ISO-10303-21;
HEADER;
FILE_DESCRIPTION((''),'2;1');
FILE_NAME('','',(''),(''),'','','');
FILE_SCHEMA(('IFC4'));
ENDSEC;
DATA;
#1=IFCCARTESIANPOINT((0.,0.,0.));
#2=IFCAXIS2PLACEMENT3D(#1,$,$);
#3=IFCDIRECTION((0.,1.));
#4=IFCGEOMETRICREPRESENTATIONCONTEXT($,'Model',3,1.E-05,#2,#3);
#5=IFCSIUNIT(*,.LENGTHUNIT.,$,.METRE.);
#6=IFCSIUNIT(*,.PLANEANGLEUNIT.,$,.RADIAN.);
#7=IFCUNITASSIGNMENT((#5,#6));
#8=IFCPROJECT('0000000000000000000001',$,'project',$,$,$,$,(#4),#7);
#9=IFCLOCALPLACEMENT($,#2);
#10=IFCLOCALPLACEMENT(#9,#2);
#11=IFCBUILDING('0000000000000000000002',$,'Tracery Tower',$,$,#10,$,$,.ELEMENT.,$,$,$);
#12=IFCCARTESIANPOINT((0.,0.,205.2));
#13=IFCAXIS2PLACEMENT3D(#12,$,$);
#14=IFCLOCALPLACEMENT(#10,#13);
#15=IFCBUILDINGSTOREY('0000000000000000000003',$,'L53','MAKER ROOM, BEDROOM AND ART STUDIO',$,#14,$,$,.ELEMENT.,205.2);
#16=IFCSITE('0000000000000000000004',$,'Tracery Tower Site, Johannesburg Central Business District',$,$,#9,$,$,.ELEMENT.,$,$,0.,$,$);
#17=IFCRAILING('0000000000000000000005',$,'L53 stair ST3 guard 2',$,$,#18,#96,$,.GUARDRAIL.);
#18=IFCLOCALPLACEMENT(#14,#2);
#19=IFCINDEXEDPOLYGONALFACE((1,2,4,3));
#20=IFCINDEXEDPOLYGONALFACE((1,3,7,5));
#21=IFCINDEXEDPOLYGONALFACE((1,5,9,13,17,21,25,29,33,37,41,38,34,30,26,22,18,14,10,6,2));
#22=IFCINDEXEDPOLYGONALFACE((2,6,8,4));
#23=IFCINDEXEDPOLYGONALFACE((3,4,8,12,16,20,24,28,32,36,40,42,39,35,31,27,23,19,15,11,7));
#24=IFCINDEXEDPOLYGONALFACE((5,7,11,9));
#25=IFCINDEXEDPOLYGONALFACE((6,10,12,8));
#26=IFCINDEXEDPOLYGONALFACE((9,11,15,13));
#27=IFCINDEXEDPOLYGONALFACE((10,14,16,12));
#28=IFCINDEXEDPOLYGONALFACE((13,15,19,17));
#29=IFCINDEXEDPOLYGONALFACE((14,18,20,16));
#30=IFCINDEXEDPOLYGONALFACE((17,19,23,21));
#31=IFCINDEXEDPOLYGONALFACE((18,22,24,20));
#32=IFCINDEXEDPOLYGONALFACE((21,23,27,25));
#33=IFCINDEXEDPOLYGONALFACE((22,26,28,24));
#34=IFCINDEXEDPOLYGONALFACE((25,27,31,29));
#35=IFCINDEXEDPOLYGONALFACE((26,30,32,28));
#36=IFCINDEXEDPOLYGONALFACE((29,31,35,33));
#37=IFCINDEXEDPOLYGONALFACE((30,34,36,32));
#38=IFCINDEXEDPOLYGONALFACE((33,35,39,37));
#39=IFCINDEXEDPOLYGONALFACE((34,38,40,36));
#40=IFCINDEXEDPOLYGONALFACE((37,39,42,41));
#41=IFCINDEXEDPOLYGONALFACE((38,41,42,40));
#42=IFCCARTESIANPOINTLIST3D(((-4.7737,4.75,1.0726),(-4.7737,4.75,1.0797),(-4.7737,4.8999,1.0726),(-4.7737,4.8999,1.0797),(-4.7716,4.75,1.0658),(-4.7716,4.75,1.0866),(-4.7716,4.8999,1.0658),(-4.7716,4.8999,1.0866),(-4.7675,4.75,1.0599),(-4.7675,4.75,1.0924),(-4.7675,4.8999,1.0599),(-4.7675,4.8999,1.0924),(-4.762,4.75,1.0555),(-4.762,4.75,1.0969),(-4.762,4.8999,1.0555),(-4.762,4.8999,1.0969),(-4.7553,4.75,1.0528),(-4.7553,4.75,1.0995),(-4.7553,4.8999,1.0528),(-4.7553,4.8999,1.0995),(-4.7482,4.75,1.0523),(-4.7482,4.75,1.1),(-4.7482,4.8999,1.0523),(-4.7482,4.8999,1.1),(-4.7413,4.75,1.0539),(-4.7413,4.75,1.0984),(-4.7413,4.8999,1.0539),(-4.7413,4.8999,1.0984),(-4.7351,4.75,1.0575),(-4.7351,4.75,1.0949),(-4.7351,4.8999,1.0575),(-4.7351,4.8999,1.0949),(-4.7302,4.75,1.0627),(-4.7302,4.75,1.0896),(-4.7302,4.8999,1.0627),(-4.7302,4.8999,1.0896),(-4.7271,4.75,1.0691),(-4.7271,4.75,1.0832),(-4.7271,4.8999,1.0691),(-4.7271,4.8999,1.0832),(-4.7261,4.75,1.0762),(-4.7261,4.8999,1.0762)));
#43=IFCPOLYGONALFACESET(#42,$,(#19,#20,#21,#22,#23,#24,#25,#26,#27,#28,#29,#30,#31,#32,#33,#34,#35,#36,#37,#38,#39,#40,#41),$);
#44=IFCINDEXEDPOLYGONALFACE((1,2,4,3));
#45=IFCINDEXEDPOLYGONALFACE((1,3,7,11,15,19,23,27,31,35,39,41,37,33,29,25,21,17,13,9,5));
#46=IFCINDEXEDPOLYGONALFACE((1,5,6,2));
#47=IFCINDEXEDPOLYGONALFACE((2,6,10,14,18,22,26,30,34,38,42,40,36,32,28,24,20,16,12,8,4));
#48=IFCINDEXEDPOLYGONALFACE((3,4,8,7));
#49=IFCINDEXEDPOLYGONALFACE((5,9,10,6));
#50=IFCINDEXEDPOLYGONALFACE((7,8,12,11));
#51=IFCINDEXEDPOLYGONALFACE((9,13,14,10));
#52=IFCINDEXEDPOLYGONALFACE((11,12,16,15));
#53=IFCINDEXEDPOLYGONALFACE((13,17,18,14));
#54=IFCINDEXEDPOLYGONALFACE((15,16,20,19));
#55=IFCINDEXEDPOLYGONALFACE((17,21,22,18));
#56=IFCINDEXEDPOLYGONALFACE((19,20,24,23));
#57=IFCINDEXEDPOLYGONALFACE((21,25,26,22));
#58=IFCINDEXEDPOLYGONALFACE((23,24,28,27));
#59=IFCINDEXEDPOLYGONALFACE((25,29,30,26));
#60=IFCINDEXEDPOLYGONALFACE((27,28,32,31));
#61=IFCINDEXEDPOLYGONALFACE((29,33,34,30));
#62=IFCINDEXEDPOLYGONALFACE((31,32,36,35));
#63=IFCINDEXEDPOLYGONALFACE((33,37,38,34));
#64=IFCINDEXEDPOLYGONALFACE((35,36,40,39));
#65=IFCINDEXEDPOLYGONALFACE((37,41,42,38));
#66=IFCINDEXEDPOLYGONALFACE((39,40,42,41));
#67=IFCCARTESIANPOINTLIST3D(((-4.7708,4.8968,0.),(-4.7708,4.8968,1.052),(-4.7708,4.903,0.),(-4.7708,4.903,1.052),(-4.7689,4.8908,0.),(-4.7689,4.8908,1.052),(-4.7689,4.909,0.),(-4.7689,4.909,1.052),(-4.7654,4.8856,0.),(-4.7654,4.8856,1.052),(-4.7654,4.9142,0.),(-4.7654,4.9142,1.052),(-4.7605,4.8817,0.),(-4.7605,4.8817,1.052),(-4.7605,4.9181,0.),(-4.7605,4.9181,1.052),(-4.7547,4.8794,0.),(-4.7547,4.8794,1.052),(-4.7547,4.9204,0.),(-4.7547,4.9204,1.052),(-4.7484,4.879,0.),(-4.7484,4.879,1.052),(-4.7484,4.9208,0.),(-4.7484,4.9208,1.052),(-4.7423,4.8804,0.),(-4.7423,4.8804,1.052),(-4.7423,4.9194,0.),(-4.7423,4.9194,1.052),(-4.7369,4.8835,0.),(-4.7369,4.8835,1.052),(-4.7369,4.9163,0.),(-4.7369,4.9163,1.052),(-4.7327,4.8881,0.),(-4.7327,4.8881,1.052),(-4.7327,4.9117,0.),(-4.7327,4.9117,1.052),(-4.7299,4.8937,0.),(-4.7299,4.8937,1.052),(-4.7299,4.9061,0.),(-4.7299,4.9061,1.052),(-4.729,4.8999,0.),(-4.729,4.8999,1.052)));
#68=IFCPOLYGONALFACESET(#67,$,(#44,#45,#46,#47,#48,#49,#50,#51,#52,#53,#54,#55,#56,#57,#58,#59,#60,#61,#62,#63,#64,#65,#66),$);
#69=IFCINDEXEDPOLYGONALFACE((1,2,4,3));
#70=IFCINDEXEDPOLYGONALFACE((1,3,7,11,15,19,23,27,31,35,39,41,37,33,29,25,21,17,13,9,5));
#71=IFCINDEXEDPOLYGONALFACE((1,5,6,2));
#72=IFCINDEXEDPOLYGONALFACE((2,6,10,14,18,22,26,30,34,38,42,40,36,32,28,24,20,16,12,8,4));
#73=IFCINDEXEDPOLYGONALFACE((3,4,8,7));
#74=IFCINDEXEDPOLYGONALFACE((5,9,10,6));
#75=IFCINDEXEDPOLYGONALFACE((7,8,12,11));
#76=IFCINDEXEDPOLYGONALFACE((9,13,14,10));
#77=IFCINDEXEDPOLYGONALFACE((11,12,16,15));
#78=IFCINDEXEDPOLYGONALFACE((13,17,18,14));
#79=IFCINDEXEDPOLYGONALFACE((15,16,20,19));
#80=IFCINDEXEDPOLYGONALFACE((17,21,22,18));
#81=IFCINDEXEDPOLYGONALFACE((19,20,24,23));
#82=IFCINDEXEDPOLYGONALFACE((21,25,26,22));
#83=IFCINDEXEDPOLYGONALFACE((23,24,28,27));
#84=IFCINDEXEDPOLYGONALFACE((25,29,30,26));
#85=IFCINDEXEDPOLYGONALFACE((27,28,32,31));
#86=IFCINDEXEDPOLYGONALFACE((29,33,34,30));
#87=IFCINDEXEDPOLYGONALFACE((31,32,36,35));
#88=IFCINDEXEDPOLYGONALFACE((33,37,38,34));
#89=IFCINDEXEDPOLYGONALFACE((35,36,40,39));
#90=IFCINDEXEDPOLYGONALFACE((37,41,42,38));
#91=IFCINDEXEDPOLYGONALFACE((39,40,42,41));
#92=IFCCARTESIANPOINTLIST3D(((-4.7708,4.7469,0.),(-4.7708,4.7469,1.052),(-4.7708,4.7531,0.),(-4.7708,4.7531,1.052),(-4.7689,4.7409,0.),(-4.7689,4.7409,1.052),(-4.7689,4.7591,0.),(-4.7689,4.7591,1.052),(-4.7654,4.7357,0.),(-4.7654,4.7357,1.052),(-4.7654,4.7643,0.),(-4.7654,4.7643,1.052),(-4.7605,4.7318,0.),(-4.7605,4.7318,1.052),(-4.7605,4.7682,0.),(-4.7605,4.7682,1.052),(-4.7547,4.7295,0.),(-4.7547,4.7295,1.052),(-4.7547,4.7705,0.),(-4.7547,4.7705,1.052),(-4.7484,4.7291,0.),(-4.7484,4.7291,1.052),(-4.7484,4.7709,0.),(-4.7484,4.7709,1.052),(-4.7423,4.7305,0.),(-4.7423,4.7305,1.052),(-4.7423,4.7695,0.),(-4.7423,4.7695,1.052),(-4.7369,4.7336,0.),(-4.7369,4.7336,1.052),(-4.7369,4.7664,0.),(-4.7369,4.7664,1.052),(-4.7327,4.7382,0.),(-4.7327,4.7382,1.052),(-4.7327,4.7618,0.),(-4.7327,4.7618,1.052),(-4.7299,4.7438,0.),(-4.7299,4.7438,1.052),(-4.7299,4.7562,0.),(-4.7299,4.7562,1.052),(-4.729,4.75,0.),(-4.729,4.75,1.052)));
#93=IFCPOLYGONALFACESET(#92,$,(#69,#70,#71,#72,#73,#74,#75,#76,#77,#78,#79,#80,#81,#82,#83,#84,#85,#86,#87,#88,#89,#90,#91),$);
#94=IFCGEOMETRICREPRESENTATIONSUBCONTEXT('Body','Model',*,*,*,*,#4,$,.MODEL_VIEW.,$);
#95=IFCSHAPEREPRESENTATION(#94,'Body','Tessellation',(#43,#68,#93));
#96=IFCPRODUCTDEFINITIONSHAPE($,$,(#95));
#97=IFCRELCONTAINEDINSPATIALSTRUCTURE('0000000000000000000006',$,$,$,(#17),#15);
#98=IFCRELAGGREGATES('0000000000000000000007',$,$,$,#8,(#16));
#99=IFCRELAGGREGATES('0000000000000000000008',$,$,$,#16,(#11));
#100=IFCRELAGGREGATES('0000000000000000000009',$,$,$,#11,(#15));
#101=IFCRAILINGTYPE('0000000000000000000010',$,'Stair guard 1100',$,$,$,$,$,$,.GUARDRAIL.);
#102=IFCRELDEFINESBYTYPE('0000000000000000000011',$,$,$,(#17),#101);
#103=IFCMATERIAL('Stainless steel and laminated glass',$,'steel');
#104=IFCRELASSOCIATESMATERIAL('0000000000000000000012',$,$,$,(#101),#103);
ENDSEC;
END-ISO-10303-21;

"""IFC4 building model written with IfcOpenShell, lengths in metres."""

from ifc_helpers import new_model, si_unit, direction, frame, origin, origin_2d, place, context, subcontext, project, spatial, circle, extrude, material, type_object, element, save


model = new_model("IFC4")

# Units and contexts
model_context = context("Model", 3, precision=1e-05, world=origin(), true_north=direction((0.0, 1.0)))
body_context = subcontext(model_context, "Body", "Model", "MODEL_VIEW")
ifc_project = project(units=[si_unit("LENGTHUNIT", "METRE"), si_unit("PLANEANGLEUNIT", "RADIAN")], contexts=[model_context])

# Site, building, storey
site_placement = place(None, origin())
site = spatial("IfcSite", under=ifc_project, at=site_placement, Name="Tracery Tower Site, Johannesburg Central Business District", CompositionType="ELEMENT", RefElevation=0.0)
building_placement = place(site_placement, origin())
building = spatial("IfcBuilding", under=site, at=building_placement, Name="Tracery Tower", CompositionType="ELEMENT")
storey_placement = place(building_placement, frame((0.0, 0.0, 205.2)))
storey = spatial("IfcBuildingStorey", under=building, at=storey_placement, Name="L53", Description="MAKER ROOM, BEDROOM AND ART STUDIO", CompositionType="ELEMENT", Elevation=205.2)

# Railing
ifc_material_1 = material(Name="Stainless steel and laminated glass", Category="steel")
railing_type_1 = type_object("IfcRailingType", Name="Stair guard 1100", PredefinedType="GUARDRAIL", material=ifc_material_1)
railing_1_placement = place(storey_placement, frame((-4.75, 4.8999, 0.0)))
element("IfcRailing", 1, at=railing_1_placement, inside=storey, type_object=railing_type_1, Name="L53 stair ST3 guard 2", PredefinedType="GUARDRAIL", context=body_context, shape_type="SweptSolid", body=[
    extrude(circle(Radius=0.0239, at=origin_2d()), frame((0.0, 0.0, 1.0762), z_axis=(0.0, -1.0, 0.0), x_axis=(1.0, 0.0, 0.0)), (0.0, 0.0, 1.0), 0.1499),
    extrude(circle(Radius=0.021, at=origin_2d()), origin(), (0.0, 0.0, 1.0), 1.052),
    extrude(circle(Radius=0.021, at=origin_2d()), frame((0.0, -0.1499, 0.0)), (0.0, 0.0, 1.0), 1.052),
])

save(model, "model.ifc")
